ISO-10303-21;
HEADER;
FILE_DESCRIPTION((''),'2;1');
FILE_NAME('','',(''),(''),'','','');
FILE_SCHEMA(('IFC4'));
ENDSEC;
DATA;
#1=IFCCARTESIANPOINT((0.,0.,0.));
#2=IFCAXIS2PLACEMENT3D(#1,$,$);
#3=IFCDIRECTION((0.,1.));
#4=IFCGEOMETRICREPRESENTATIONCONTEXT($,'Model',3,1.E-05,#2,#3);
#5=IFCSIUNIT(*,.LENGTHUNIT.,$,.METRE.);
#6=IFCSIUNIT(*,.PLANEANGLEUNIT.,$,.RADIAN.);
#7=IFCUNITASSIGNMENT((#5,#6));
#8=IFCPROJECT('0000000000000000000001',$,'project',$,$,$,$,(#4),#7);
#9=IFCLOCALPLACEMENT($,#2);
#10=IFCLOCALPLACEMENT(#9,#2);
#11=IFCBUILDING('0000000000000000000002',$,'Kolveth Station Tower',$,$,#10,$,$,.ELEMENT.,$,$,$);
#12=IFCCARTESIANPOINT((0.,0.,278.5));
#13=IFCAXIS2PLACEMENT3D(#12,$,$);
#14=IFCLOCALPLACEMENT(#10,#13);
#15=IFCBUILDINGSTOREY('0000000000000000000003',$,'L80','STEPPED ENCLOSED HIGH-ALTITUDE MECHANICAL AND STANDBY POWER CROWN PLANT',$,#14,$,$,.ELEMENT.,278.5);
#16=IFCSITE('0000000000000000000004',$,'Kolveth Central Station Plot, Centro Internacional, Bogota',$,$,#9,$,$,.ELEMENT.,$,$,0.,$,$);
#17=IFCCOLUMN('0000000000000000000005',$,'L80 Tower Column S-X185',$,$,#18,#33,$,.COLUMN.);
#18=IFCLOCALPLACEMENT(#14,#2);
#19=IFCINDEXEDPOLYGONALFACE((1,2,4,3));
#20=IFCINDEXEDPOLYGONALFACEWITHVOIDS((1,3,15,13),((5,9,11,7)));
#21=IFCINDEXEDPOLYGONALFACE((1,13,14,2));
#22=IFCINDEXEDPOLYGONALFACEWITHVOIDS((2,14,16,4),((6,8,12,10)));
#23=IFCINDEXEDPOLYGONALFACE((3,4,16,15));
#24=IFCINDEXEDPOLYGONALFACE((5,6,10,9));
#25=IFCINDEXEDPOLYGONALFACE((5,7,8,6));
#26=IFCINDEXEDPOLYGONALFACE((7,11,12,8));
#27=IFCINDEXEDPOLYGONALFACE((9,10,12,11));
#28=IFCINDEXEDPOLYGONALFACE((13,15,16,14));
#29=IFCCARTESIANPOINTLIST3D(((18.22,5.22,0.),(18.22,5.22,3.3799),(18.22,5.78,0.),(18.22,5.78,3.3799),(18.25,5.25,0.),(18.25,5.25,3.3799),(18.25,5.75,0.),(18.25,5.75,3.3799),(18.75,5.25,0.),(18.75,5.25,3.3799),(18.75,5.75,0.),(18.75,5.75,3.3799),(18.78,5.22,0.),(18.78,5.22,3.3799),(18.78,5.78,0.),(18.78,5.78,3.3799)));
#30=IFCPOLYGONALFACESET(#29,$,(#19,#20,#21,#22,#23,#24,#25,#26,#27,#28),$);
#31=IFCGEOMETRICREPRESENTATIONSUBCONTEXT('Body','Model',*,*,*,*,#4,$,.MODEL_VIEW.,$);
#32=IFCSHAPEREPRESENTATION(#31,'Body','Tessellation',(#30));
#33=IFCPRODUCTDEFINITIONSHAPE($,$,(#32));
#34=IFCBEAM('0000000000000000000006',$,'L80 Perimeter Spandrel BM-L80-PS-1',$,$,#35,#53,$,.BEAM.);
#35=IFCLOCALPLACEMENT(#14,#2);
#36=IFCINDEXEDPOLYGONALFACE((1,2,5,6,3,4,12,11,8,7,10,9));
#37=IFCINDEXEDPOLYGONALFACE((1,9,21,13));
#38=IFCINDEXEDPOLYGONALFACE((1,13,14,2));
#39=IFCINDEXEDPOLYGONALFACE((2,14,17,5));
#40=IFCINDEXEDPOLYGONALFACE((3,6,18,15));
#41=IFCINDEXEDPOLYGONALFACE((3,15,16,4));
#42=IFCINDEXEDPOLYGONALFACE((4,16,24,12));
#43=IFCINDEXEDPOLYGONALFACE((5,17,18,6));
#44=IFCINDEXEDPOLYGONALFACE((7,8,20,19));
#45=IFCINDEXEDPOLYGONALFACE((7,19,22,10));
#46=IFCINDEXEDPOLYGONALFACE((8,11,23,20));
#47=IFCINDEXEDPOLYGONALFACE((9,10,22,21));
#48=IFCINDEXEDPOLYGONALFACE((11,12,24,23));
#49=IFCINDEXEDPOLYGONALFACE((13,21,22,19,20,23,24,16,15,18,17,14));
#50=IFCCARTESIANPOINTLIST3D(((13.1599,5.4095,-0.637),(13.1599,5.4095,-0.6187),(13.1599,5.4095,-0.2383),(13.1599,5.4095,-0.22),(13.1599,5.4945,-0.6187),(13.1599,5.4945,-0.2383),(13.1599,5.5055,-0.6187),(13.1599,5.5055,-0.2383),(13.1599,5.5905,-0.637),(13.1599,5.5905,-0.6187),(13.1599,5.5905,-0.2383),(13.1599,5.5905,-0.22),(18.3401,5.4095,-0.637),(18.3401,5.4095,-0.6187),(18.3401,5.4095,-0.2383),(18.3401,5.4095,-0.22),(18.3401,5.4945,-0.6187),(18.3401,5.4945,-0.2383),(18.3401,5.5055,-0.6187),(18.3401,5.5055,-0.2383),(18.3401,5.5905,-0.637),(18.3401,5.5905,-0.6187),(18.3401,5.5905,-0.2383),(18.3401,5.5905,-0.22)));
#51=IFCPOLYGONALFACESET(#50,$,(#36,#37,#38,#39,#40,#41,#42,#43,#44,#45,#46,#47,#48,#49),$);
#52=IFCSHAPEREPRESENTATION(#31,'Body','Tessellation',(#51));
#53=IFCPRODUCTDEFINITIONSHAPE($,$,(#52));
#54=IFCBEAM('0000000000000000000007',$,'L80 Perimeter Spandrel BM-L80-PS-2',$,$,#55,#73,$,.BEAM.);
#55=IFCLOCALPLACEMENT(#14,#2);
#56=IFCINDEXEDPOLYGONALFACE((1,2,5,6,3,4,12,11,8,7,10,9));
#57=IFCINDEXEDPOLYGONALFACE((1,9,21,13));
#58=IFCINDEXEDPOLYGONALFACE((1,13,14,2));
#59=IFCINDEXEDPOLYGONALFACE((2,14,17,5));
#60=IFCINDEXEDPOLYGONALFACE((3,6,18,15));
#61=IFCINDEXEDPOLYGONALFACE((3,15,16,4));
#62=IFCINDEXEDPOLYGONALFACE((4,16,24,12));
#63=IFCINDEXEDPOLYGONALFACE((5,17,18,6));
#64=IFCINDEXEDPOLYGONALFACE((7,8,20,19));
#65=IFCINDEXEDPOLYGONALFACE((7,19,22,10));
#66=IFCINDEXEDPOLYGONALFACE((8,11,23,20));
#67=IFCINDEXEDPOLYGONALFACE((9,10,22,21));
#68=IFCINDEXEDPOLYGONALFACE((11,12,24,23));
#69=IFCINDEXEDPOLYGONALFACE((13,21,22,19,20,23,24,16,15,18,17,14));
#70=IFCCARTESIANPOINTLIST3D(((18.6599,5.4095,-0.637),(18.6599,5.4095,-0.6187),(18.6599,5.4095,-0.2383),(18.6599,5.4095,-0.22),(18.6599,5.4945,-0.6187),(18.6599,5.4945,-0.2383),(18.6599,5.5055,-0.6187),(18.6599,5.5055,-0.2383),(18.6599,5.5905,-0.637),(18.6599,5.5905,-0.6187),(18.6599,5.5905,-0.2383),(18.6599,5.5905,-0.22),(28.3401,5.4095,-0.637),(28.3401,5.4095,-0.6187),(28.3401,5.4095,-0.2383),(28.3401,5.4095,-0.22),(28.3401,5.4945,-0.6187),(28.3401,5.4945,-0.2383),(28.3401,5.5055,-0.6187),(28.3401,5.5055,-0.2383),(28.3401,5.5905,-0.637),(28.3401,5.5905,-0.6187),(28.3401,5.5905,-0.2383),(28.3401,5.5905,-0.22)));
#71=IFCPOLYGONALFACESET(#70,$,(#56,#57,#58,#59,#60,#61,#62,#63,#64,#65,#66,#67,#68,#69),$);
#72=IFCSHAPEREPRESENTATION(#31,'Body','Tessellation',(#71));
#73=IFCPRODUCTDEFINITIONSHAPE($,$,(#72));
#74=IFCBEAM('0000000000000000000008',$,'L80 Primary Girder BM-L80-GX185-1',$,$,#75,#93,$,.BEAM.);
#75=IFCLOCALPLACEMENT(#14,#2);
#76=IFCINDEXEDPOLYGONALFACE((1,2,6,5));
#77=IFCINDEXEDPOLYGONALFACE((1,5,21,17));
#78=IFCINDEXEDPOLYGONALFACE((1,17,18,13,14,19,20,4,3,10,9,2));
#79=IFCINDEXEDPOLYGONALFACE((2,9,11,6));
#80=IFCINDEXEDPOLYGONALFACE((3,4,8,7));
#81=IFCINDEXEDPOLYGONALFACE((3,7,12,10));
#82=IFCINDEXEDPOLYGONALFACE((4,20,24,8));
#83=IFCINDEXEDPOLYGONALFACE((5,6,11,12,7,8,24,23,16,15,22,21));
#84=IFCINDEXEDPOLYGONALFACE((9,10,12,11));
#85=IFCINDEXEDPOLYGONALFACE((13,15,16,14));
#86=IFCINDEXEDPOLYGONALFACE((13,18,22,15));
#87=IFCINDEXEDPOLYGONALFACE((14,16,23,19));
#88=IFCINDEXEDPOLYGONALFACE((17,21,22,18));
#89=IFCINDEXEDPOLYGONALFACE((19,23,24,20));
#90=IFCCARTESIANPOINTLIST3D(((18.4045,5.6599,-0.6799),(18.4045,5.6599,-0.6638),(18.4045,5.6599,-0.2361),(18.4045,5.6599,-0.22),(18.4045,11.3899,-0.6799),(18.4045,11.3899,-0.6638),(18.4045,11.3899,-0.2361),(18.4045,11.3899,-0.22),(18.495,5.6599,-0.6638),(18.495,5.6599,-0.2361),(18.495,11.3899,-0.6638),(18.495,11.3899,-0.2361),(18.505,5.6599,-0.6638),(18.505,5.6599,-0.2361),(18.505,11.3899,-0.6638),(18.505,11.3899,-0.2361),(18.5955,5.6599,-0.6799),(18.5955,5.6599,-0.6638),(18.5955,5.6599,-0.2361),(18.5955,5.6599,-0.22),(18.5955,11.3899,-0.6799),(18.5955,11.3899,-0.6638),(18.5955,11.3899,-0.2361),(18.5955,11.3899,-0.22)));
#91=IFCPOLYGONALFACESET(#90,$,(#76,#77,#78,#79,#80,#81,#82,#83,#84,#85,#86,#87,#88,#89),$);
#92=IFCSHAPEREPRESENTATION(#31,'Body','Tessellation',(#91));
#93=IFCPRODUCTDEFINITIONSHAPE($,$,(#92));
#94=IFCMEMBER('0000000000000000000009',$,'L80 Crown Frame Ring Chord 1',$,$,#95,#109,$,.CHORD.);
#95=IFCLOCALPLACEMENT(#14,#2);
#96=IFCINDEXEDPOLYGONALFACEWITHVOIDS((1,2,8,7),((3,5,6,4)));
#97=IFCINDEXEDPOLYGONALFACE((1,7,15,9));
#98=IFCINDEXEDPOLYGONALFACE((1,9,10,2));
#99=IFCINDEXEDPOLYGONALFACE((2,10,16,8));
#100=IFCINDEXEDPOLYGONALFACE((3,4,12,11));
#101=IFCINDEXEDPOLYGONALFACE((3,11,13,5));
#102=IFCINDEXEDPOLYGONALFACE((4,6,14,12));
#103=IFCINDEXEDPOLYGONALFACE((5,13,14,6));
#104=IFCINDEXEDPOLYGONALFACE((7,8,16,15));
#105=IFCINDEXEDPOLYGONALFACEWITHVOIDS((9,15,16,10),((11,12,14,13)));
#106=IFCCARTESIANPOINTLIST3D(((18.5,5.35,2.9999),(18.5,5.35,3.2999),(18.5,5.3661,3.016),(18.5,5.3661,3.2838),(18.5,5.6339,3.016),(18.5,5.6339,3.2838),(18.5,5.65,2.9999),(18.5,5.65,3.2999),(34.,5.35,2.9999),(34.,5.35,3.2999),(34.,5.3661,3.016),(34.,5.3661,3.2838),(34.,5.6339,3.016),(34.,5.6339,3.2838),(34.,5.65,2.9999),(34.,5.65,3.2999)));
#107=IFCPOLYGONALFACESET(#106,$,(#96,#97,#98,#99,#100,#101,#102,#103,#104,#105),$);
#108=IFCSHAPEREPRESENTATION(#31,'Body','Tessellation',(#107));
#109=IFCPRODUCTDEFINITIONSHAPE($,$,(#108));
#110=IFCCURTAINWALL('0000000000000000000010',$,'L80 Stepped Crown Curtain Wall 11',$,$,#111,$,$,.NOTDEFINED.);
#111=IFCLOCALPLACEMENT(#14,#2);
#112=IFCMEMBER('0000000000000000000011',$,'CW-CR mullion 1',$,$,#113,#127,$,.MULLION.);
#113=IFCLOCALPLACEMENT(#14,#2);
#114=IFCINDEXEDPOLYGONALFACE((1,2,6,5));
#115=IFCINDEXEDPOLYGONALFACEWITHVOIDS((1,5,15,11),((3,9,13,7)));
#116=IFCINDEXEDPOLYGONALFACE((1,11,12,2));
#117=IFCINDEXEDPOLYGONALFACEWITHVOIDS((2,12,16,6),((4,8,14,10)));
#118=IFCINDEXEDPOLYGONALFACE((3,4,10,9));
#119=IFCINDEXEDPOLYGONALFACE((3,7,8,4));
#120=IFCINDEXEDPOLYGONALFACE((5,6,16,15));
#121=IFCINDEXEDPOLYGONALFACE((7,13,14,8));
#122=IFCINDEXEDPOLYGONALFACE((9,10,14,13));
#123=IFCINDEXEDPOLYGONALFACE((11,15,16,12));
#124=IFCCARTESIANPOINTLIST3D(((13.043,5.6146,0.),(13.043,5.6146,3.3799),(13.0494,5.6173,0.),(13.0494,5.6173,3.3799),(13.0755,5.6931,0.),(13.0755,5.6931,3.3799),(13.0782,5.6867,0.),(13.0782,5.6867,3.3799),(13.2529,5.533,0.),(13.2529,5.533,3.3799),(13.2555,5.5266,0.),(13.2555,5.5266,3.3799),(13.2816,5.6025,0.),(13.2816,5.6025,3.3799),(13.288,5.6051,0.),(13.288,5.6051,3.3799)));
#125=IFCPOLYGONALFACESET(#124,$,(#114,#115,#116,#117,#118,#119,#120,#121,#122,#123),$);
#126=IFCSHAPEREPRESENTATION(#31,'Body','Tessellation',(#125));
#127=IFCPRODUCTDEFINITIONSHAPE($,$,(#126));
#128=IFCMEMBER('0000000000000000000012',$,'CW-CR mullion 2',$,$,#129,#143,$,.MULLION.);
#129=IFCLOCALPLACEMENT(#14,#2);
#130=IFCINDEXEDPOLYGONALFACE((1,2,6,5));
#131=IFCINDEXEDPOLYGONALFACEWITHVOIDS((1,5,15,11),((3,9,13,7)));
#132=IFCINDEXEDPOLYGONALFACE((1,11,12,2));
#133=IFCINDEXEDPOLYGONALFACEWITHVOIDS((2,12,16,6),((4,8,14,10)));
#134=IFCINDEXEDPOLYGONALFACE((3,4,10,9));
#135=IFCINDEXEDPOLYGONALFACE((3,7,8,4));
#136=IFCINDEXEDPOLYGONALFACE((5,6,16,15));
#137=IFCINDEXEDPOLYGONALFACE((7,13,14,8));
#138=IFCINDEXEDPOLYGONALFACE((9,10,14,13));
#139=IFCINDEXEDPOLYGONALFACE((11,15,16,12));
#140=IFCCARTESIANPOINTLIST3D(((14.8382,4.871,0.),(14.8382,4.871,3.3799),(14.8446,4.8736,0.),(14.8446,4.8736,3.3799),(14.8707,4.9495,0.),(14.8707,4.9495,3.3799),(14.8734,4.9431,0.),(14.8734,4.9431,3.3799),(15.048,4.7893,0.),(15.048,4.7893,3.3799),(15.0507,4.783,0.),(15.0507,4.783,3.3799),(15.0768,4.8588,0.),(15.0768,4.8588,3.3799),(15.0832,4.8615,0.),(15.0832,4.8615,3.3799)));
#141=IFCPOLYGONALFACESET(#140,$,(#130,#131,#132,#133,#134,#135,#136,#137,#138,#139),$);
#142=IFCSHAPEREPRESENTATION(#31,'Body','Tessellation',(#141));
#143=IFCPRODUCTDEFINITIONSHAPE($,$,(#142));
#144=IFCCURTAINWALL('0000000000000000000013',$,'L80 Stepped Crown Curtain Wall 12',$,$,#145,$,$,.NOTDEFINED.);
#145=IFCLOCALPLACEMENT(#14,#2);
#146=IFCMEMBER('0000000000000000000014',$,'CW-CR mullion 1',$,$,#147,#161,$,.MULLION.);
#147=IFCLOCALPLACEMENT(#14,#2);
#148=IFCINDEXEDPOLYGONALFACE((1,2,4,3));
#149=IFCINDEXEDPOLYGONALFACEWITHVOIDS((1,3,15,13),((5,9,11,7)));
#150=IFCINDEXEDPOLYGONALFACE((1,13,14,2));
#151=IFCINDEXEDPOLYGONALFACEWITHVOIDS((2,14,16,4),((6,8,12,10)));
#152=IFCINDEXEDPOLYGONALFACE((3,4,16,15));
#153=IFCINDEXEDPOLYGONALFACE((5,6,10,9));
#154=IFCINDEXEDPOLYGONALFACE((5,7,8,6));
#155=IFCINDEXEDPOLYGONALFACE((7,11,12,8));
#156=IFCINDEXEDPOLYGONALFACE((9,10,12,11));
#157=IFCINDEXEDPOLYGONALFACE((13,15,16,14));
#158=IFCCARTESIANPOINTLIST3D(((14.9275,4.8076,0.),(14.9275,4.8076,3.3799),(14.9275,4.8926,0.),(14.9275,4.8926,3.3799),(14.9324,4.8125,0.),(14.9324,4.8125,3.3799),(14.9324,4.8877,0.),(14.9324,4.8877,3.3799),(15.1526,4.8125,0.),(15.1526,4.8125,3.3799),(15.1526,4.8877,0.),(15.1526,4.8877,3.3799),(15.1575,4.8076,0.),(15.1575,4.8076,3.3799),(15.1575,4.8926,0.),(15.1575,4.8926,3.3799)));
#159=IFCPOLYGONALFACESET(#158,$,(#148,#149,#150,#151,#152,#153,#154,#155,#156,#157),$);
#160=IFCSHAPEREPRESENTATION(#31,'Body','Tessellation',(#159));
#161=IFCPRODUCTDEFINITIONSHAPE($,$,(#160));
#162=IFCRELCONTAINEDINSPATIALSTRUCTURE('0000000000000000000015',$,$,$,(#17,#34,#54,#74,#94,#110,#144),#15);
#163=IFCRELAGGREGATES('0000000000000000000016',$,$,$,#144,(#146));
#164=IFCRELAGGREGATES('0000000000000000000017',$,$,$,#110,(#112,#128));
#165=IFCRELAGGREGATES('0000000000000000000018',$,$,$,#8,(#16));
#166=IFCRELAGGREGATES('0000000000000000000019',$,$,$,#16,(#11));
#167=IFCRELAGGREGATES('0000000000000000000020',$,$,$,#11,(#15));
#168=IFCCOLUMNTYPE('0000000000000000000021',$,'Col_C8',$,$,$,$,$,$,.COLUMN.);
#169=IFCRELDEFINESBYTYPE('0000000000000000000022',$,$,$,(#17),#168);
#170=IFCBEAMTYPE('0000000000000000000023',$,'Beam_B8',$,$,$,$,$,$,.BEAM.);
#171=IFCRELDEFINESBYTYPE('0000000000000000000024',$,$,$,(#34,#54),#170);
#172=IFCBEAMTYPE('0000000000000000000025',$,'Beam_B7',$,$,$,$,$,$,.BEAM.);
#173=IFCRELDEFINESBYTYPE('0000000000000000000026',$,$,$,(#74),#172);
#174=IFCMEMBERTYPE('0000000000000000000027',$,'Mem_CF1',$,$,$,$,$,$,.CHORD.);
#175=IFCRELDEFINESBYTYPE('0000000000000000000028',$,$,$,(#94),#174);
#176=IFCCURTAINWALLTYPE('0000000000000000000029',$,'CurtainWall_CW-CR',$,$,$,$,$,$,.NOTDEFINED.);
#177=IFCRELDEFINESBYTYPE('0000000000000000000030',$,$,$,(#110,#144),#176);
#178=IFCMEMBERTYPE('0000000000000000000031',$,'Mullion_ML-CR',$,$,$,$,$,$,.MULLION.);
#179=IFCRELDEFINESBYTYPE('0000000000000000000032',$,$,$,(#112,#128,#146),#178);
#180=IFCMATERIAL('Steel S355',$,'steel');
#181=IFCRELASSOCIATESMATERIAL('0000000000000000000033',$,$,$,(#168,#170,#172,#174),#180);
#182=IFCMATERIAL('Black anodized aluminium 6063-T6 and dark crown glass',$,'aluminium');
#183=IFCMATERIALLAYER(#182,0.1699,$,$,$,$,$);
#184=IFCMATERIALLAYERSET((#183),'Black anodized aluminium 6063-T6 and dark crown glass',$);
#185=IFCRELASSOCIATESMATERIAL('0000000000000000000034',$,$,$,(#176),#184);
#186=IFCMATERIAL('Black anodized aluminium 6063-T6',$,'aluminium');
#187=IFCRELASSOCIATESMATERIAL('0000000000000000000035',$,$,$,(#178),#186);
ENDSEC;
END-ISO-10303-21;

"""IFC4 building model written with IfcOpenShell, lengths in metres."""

from ifc_helpers import new_model, si_unit, direction, frame, origin, origin_2d, place, context, subcontext, project, spatial, hollow_rectangle, i_section, extrude, source, transform, mapped, material, layer, layer_set, material_profile, profile_set, type_object, element, aggregate, save


model = new_model("IFC4")

# Units and contexts
model_context = context("Model", 3, precision=1e-05, world=origin(), true_north=direction((0.0, 1.0)))
body_context = subcontext(model_context, "Body", "Model", "MODEL_VIEW")
ifc_project = project(units=[si_unit("LENGTHUNIT", "METRE"), si_unit("PLANEANGLEUNIT", "RADIAN")], contexts=[model_context])

# Site, building, storey
site_placement = place(None, origin())
site = spatial("IfcSite", under=ifc_project, at=site_placement, Name="Kolveth Central Station Plot, Centro Internacional, Bogota", CompositionType="ELEMENT", RefElevation=0.0)
building_placement = place(site_placement, origin())
building = spatial("IfcBuilding", under=site, at=building_placement, Name="Kolveth Station Tower", CompositionType="ELEMENT")
storey_placement = place(building_placement, frame((0.0, 0.0, 278.5)))
storey = spatial("IfcBuildingStorey", under=building, at=storey_placement, Name="L80", Description="STEPPED ENCLOSED HIGH-ALTITUDE MECHANICAL AND STANDBY POWER CROWN PLANT", CompositionType="ELEMENT", Elevation=278.5)

# Column
ifc_material_1 = material(Name="Steel S355", Category="steel")
ifc_material_profile_1 = material_profile(ifc_material_1, hollow_rectangle(XDim=0.5601, YDim=0.5601, WallThickness=0.03, at=origin_2d()), Name="BOX560x560x30")
ifc_profile_set_1 = profile_set([ifc_material_profile_1], Name="Steel S355")
column_type = type_object("IfcColumnType", Name="Col_C8", PredefinedType="COLUMN", material=ifc_profile_set_1)
shared_shape_1 = source(origin(), body_context, "Body", "SweptSolid", [
    extrude(hollow_rectangle(XDim=0.5601, YDim=0.5601, WallThickness=0.03, at=origin_2d()), origin(), (0.0, 0.0, 1.0), 3.3799),
])
column_placement = place(storey_placement, frame((18.5, 5.5, 0.0), z_axis=(0.0, 0.0, 1.0), x_axis=(1.0, 0.0, 0.0)))
element("IfcColumn", 1, at=column_placement, inside=storey, type_object=column_type, Name="L80 Tower Column S-X185", PredefinedType="COLUMN", context=body_context, shape_type="MappedRepresentation", body=[
    mapped(shared_shape_1, transform((0.0, 0.0, 0.0), x_axis=(1.0, 0.0, 0.0), y_axis=(0.0, 1.0, 0.0), z_axis=(0.0, 0.0, 1.0), scale=1.0)),
])

# Beams
ifc_material_profile_2 = material_profile(ifc_material_1, i_section(OverallWidth=0.1809, OverallDepth=0.417, WebThickness=0.011, FlangeThickness=0.0183, at=origin_2d()), Name="W410x85")
ifc_profile_set_2 = profile_set([ifc_material_profile_2], Name="Steel S355")
beam_type_1 = type_object("IfcBeamType", Name="Beam_B8", PredefinedType="BEAM", material=ifc_profile_set_2)
shared_shape_2 = source(origin(), body_context, "Body", "SweptSolid", [
    extrude(i_section(OverallWidth=0.1809, OverallDepth=0.417, WebThickness=0.011, FlangeThickness=0.0183, at=origin_2d()), origin(), (0.0, 0.0, 1.0), 5.1802),
])
beam_1_placement = place(storey_placement, frame((13.1599, 5.5, -0.4285), z_axis=(1.0, 0.0, 0.0), x_axis=(0.0, 1.0, 0.0)))
element("IfcBeam", 2, at=beam_1_placement, inside=storey, type_object=beam_type_1, Name="L80 Perimeter Spandrel BM-L80-PS-1", PredefinedType="BEAM", context=body_context, shape_type="MappedRepresentation", body=[
    mapped(shared_shape_2, transform((0.0, 0.0, 0.0), x_axis=(1.0, 0.0, 0.0), y_axis=(0.0, 1.0, 0.0), z_axis=(0.0, 0.0, 1.0), scale=1.0)),
])
shared_shape_3 = source(origin(), body_context, "Body", "SweptSolid", [
    extrude(i_section(OverallWidth=0.1809, OverallDepth=0.417, WebThickness=0.011, FlangeThickness=0.0183, at=origin_2d()), origin(), (0.0, 0.0, 1.0), 9.6802),
])
beam_2_placement = place(storey_placement, frame((18.6599, 5.5, -0.4285), z_axis=(1.0, 0.0, 0.0), x_axis=(0.0, 1.0, 0.0)))
element("IfcBeam", 3, at=beam_2_placement, inside=storey, type_object=beam_type_1, Name="L80 Perimeter Spandrel BM-L80-PS-2", PredefinedType="BEAM", context=body_context, shape_type="MappedRepresentation", body=[
    mapped(shared_shape_3, transform((0.0, 0.0, 0.0), x_axis=(1.0, 0.0, 0.0), y_axis=(0.0, 1.0, 0.0), z_axis=(0.0, 0.0, 1.0), scale=1.0)),
])
ifc_material_profile_3 = material_profile(ifc_material_1, i_section(OverallWidth=0.1909, OverallDepth=0.46, WebThickness=0.01, FlangeThickness=0.0161, at=origin_2d()), Name="W460x82")
ifc_profile_set_3 = profile_set([ifc_material_profile_3], Name="Steel S355")
beam_type_2 = type_object("IfcBeamType", Name="Beam_B7", PredefinedType="BEAM", material=ifc_profile_set_3)
shared_shape_4 = source(origin(), body_context, "Body", "SweptSolid", [
    extrude(i_section(OverallWidth=0.1909, OverallDepth=0.46, WebThickness=0.01, FlangeThickness=0.0161, at=origin_2d()), origin(), (0.0, 0.0, 1.0), 5.73),
])
beam_3_placement = place(storey_placement, frame((18.5, 5.6599, -0.45), z_axis=(0.0, 1.0, 0.0), x_axis=(-1.0, 0.0, 0.0)))
element("IfcBeam", 4, at=beam_3_placement, inside=storey, type_object=beam_type_2, Name="L80 Primary Girder BM-L80-GX185-1", PredefinedType="BEAM", context=body_context, shape_type="MappedRepresentation", body=[
    mapped(shared_shape_4, transform((0.0, 0.0, 0.0), x_axis=(1.0, 0.0, 0.0), y_axis=(0.0, 1.0, 0.0), z_axis=(0.0, 0.0, 1.0), scale=1.0)),
])

# Member
ifc_material_profile_4 = material_profile(ifc_material_1, hollow_rectangle(XDim=0.3, YDim=0.3, WallThickness=0.0161, at=origin_2d()), Name="CROWN-HSS300x300x16")
ifc_profile_set_4 = profile_set([ifc_material_profile_4], Name="Steel S355")
member_type_1 = type_object("IfcMemberType", Name="Mem_CF1", PredefinedType="CHORD", material=ifc_profile_set_4)
shared_shape_5 = source(origin(), body_context, "Body", "SweptSolid", [
    extrude(hollow_rectangle(XDim=0.3, YDim=0.3, WallThickness=0.0161, at=origin_2d()), origin(), (0.0, 0.0, 1.0), 15.5),
])
member_1_placement = place(storey_placement, frame((18.5, 5.5, 3.1499), z_axis=(1.0, 0.0, 0.0), x_axis=(0.0, 1.0, 0.0)))
element("IfcMember", 5, at=member_1_placement, inside=storey, type_object=member_type_1, Name="L80 Crown Frame Ring Chord 1", PredefinedType="CHORD", context=body_context, shape_type="MappedRepresentation", body=[
    mapped(shared_shape_5, transform((0.0, 0.0, 0.0), x_axis=(1.0, 0.0, 0.0), y_axis=(0.0, 1.0, 0.0), z_axis=(0.0, 0.0, 1.0), scale=1.0)),
])

# Curtain wall, members
ifc_material_2 = material(Name="Black anodized aluminium 6063-T6 and dark crown glass", Category="aluminium")
ifc_layer_1 = layer(ifc_material_2, 0.1699)
ifc_layer_set_1 = layer_set([ifc_layer_1], Name="Black anodized aluminium 6063-T6 and dark crown glass")
curtain_wall_type = type_object("IfcCurtainWallType", Name="CurtainWall_CW-CR", PredefinedType="NOTDEFINED", material=ifc_layer_set_1)
curtain_wall_1_placement = place(storey_placement, origin())
curtain_wall_1 = element("IfcCurtainWall", 6, at=curtain_wall_1_placement, inside=storey, type_object=curtain_wall_type, Name="L80 Stepped Crown Curtain Wall 11", PredefinedType="NOTDEFINED")
ifc_material_3 = material(Name="Black anodized aluminium 6063-T6", Category="aluminium")
ifc_material_profile_5 = material_profile(ifc_material_3, hollow_rectangle(XDim=0.085, YDim=0.23, WallThickness=0.0049, at=origin_2d()), Name="ALU-85x230x5")
ifc_profile_set_5 = profile_set([ifc_material_profile_5], Name="Black anodized aluminium 6063-T6")
member_type_2 = type_object("IfcMemberType", Name="Mullion_ML-CR", PredefinedType="MULLION", material=ifc_profile_set_5)
shared_shape_6 = source(origin(), body_context, "Body", "SweptSolid", [
    extrude(hollow_rectangle(XDim=0.085, YDim=0.23, WallThickness=0.0049, at=origin_2d()), origin(), (0.0, 0.0, 1.0), 3.3799),
])
member_2_placement = place(storey_placement, frame((13.1655, 5.6099, 0.0), z_axis=(0.0, 0.0, 1.0), x_axis=(0.382703, 0.923871, 0.0)))
member_2 = element("IfcMember", 7, at=member_2_placement, type_object=member_type_2, Name="CW-CR mullion 1", PredefinedType="MULLION", context=body_context, shape_type="MappedRepresentation", body=[
    mapped(shared_shape_6, transform((0.0, 0.0, 0.0), x_axis=(1.0, 0.0, 0.0), y_axis=(0.0, 1.0, 0.0), z_axis=(0.0, 0.0, 1.0), scale=1.0)),
])
member_3_placement = place(storey_placement, frame((14.9607, 4.8662, 0.0), z_axis=(0.0, 0.0, 1.0), x_axis=(0.382703, 0.923871, 0.0)))
member_3 = element("IfcMember", 8, at=member_3_placement, type_object=member_type_2, Name="CW-CR mullion 2", PredefinedType="MULLION", context=body_context, shape_type="MappedRepresentation", body=[
    mapped(shared_shape_6, transform((0.0, 0.0, 0.0), x_axis=(1.0, 0.0, 0.0), y_axis=(0.0, 1.0, 0.0), z_axis=(0.0, 0.0, 1.0), scale=1.0)),
])

# Curtain wall, member
curtain_wall_2_placement = place(storey_placement, origin())
curtain_wall_2 = element("IfcCurtainWall", 9, at=curtain_wall_2_placement, inside=storey, type_object=curtain_wall_type, Name="L80 Stepped Crown Curtain Wall 12", PredefinedType="NOTDEFINED")
member_4_placement = place(storey_placement, frame((15.0425, 4.8501, 0.0), z_axis=(0.0, 0.0, 1.0), x_axis=(0.0, 1.0, 0.0)))
member_4 = element("IfcMember", 10, at=member_4_placement, type_object=member_type_2, Name="CW-CR mullion 1", PredefinedType="MULLION", context=body_context, shape_type="MappedRepresentation", body=[
    mapped(shared_shape_6, transform((0.0, 0.0, 0.0), x_axis=(1.0, 0.0, 0.0), y_axis=(0.0, 1.0, 0.0), z_axis=(0.0, 0.0, 1.0), scale=1.0)),
])

aggregate(curtain_wall_2, [member_4])

aggregate(curtain_wall_1, [member_2, member_3])

save(model, "model.ifc")
